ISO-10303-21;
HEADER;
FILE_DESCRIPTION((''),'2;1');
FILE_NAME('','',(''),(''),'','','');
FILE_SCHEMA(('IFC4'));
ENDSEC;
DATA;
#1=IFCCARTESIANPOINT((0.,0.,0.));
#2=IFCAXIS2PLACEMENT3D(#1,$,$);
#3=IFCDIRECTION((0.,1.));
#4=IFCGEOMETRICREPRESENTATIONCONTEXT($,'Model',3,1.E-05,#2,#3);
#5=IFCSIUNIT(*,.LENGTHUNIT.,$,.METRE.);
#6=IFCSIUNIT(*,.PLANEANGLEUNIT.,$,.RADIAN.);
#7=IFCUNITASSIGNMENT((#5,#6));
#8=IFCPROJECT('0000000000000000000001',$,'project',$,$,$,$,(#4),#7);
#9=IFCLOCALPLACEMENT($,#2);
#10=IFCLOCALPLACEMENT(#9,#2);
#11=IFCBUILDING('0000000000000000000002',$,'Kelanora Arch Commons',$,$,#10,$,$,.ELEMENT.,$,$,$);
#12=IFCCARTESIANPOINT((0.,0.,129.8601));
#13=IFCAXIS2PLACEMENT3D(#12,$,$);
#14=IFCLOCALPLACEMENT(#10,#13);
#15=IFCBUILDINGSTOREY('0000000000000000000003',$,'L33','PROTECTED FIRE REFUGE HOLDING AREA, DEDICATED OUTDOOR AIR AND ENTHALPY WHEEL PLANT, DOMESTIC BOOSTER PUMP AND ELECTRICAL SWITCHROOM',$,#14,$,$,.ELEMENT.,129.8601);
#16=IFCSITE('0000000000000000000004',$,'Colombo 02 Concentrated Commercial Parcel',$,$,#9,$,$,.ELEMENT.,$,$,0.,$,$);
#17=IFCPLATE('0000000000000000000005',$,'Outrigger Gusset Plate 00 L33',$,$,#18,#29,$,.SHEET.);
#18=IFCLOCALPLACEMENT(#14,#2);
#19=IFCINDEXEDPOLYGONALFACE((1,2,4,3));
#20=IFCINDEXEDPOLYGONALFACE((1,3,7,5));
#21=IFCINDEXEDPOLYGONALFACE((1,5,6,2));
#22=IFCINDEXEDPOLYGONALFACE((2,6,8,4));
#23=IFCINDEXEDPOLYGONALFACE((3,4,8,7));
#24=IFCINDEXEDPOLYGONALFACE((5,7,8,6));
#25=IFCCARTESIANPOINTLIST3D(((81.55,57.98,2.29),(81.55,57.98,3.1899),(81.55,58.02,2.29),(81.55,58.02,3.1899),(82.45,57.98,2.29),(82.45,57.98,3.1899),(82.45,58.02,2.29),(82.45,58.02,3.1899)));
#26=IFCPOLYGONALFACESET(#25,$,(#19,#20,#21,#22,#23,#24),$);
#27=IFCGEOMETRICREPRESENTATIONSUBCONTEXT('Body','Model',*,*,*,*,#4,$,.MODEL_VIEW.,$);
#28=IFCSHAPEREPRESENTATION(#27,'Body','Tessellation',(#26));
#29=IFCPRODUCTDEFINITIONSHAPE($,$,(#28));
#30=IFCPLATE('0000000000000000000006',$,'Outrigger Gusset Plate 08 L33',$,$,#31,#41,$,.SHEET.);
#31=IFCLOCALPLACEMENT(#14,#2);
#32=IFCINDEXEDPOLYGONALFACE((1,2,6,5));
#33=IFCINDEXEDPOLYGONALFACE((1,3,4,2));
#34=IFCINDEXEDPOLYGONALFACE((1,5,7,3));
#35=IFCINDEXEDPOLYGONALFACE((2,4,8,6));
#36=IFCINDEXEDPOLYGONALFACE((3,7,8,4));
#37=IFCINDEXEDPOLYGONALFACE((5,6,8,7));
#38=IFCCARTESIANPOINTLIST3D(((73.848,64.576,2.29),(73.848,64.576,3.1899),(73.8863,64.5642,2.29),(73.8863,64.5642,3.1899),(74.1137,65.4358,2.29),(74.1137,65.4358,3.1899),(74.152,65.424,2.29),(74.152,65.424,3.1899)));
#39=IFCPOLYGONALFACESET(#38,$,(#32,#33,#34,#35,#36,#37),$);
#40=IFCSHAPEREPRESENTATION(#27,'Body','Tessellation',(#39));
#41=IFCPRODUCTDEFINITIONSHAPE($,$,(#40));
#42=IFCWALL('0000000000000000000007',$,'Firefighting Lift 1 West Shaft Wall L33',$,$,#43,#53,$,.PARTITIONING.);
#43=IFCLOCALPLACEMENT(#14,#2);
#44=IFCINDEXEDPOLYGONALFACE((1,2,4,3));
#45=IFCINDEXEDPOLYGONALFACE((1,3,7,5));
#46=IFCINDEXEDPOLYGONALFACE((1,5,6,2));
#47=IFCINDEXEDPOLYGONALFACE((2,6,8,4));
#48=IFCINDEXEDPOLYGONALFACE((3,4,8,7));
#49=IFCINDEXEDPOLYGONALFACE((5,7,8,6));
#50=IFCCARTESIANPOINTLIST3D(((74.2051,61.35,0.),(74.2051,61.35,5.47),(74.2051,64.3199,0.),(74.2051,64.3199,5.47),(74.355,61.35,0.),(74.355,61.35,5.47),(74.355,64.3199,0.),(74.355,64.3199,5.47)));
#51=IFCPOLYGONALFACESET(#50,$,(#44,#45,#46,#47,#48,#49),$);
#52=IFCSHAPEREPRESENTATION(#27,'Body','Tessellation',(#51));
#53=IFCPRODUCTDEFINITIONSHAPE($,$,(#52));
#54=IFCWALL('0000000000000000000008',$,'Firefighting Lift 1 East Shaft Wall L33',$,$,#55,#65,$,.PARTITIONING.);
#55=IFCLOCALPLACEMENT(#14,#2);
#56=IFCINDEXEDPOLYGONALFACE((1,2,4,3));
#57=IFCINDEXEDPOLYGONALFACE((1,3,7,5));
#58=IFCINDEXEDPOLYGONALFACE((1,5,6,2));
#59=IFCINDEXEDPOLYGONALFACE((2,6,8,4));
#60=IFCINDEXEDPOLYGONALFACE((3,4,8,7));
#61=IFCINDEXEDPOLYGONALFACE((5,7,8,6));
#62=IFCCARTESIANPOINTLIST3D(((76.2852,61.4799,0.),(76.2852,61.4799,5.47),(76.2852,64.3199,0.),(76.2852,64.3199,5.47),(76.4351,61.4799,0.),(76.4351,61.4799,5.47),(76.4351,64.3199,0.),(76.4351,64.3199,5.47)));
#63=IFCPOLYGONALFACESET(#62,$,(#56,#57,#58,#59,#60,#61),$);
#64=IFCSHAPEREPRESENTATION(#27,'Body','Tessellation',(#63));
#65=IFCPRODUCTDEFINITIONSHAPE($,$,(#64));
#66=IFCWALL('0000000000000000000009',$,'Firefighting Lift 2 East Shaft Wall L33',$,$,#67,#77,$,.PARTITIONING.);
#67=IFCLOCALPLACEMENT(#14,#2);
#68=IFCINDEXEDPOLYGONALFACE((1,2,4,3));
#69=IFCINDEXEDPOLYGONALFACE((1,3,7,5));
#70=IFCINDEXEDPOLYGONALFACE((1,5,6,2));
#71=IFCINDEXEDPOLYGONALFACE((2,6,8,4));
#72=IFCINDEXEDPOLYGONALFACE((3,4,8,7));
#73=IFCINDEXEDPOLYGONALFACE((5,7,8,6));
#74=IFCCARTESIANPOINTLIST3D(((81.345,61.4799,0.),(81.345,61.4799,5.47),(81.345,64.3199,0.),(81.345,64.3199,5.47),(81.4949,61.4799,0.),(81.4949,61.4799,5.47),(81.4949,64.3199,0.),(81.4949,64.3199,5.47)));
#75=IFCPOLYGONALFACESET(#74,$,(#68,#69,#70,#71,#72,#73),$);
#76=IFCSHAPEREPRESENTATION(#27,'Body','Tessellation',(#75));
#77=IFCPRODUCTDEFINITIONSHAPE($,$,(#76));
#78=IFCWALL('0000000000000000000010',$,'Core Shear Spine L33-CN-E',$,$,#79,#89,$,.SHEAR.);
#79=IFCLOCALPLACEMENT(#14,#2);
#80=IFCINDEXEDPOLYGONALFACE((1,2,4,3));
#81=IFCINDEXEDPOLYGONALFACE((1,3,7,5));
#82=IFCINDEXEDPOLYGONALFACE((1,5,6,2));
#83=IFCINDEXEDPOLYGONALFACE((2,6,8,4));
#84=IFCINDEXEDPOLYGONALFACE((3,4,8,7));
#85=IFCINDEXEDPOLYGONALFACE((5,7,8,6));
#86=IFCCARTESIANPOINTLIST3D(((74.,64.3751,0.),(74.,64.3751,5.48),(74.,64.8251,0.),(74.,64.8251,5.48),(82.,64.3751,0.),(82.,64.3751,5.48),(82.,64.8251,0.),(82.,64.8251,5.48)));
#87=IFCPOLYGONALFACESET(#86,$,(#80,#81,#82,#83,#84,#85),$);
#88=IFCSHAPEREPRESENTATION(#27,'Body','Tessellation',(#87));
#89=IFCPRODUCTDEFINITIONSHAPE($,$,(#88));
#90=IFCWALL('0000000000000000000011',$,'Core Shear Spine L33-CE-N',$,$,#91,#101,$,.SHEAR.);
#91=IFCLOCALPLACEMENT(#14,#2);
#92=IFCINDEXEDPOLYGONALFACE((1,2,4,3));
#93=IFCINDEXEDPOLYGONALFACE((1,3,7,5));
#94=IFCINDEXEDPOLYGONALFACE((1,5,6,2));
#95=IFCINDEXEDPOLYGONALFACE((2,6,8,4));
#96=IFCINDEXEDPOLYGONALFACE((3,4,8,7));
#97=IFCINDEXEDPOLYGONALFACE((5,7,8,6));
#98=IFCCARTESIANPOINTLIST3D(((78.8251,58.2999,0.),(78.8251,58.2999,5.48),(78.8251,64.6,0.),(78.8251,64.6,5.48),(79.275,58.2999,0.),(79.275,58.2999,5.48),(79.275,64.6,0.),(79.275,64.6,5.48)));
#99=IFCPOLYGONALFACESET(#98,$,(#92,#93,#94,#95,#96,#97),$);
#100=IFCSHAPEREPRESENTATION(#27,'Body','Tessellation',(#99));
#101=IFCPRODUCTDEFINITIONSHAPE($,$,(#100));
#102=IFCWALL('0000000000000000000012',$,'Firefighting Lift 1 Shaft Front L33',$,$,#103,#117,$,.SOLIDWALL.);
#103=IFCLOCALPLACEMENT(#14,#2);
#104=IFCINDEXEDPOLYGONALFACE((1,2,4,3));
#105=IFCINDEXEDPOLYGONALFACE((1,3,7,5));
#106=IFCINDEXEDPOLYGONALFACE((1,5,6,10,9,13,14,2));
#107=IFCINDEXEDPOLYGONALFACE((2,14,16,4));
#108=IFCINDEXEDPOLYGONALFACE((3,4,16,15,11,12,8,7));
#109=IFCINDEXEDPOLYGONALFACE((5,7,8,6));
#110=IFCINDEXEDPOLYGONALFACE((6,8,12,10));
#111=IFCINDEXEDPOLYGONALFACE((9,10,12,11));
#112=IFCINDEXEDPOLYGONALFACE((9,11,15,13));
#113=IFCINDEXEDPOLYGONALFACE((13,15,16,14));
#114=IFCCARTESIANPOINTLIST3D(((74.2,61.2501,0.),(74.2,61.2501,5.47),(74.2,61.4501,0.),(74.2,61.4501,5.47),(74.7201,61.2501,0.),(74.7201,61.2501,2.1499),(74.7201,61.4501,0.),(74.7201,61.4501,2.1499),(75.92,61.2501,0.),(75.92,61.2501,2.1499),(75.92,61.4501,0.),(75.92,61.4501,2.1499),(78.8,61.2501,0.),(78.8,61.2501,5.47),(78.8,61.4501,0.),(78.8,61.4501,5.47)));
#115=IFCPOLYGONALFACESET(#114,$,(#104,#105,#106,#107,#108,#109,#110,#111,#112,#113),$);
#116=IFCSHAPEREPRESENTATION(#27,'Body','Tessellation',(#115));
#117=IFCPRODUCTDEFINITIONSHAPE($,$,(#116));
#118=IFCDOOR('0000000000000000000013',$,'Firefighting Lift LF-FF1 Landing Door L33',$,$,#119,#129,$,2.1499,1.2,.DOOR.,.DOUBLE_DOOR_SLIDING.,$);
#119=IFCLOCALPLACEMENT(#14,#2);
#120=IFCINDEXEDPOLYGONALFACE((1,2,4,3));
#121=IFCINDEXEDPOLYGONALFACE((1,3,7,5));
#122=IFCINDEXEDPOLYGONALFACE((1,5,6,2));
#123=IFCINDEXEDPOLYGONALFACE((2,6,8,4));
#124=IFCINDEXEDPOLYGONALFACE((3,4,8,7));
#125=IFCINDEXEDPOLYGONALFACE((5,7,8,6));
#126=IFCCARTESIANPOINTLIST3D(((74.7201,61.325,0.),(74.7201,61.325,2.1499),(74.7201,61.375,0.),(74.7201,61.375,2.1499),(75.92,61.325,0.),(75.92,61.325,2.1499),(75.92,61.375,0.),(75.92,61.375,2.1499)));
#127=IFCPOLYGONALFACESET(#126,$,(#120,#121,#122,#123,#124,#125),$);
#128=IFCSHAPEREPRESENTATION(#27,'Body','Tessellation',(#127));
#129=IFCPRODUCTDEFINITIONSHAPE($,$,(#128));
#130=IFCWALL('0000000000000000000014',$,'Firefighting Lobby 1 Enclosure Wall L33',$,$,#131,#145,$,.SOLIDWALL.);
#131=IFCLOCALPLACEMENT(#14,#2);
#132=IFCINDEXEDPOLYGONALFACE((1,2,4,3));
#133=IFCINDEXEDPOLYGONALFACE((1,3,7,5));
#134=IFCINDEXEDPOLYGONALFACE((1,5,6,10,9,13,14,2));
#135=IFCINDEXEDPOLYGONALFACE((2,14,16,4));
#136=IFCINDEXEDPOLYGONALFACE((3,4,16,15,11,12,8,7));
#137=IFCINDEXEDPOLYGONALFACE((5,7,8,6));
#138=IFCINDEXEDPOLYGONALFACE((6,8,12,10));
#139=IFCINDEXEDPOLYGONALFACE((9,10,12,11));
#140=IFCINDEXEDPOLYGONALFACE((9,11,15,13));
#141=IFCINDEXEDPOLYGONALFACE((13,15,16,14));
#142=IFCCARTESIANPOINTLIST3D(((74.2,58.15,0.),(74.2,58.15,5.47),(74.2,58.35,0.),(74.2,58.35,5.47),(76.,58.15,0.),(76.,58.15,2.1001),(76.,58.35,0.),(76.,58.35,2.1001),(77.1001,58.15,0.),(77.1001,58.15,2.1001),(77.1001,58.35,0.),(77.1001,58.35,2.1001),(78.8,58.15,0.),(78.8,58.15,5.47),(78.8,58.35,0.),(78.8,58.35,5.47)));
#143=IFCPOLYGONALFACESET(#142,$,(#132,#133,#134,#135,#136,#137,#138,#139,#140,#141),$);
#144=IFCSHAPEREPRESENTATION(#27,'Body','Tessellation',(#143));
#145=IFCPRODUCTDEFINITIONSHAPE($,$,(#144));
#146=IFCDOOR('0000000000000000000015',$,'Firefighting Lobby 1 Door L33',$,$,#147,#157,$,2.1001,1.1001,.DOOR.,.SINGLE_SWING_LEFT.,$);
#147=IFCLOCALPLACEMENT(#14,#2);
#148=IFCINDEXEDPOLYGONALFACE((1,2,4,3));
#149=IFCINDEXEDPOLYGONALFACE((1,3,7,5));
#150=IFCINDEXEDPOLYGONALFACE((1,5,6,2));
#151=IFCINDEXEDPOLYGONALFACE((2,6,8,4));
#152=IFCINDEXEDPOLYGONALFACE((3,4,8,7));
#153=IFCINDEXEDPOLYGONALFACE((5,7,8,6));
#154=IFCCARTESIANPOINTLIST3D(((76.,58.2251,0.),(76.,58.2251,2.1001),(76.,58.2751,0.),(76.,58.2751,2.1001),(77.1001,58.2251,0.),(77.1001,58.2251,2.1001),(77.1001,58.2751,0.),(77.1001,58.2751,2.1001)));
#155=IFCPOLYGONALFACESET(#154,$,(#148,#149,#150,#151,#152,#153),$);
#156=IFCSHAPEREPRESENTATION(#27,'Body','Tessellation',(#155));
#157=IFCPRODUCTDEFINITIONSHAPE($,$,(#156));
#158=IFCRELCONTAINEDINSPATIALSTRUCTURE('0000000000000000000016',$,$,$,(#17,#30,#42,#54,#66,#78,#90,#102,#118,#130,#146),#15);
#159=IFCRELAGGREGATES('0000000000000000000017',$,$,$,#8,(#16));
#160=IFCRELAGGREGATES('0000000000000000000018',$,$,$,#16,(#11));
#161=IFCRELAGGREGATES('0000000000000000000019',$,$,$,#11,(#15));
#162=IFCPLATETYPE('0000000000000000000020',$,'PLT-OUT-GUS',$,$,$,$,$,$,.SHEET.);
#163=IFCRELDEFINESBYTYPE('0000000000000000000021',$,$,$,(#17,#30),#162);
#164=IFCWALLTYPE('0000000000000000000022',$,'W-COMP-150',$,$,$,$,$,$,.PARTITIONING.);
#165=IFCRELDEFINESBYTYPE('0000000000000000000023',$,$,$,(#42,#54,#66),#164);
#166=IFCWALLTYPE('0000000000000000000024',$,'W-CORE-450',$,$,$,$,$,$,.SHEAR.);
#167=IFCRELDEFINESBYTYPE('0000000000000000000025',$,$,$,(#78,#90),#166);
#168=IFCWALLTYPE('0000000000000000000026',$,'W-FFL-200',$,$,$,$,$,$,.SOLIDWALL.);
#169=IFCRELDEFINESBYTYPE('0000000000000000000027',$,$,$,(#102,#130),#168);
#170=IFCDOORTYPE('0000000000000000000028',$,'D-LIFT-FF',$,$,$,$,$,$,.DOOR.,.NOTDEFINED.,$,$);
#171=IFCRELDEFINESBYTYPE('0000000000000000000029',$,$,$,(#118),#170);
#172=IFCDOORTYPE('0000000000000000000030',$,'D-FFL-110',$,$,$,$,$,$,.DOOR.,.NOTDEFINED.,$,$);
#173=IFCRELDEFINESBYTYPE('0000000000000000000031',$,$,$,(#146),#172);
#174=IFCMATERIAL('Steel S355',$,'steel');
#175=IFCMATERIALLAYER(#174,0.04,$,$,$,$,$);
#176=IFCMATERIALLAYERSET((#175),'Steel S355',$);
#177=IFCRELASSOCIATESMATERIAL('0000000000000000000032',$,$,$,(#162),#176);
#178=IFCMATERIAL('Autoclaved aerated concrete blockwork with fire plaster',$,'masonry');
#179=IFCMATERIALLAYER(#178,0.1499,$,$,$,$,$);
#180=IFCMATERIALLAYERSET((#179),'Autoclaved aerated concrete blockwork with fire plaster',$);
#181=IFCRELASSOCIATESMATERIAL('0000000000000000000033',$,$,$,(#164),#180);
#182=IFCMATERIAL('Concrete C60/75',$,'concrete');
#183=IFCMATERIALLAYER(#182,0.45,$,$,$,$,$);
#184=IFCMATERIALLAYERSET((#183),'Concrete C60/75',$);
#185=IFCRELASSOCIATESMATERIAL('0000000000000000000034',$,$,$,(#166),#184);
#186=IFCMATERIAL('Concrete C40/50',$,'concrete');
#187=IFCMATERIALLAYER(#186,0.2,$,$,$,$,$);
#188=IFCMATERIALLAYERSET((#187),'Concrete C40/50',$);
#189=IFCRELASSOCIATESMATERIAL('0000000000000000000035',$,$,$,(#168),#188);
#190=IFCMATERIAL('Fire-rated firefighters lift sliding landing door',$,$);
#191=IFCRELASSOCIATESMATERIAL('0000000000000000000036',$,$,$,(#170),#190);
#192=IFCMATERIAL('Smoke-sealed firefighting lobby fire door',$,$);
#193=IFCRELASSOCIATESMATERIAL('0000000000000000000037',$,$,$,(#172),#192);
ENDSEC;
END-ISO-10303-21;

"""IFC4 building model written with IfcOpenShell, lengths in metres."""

from ifc_helpers import new_model, si_unit, direction, frame, frame_2d, origin, origin_2d, place, context, subcontext, project, spatial, rectangle, extrude, source, transform, mapped, material, layer, layer_set, type_object, element, fill, save


model = new_model("IFC4")

# Units and contexts
model_context = context("Model", 3, precision=1e-05, world=origin(), true_north=direction((0.0, 1.0)))
body_context = subcontext(model_context, "Body", "Model", "MODEL_VIEW")
ifc_project = project(units=[si_unit("LENGTHUNIT", "METRE"), si_unit("PLANEANGLEUNIT", "RADIAN")], contexts=[model_context])

# Site, building, storey
site_placement = place(None, origin())
site = spatial("IfcSite", under=ifc_project, at=site_placement, Name="Colombo 02 Concentrated Commercial Parcel", CompositionType="ELEMENT", RefElevation=0.0)
building_placement = place(site_placement, origin())
building = spatial("IfcBuilding", under=site, at=building_placement, Name="Kelanora Arch Commons", CompositionType="ELEMENT")
storey_placement = place(building_placement, frame((0.0, 0.0, 129.8601)))
storey = spatial("IfcBuildingStorey", under=building, at=storey_placement, Name="L33", Description="PROTECTED FIRE REFUGE HOLDING AREA, DEDICATED OUTDOOR AIR AND ENTHALPY WHEEL PLANT, DOMESTIC BOOSTER PUMP AND ELECTRICAL SWITCHROOM", CompositionType="ELEMENT", Elevation=129.8601)

# Shared definitions
ifc_material_1 = material(Name="Steel S355", Category="steel")

# Plates
ifc_layer_1 = layer(ifc_material_1, 0.04)
ifc_layer_set_1 = layer_set([ifc_layer_1], Name="Steel S355")
plate_type = type_object("IfcPlateType", Name="PLT-OUT-GUS", PredefinedType="SHEET", material=ifc_layer_set_1)
shared_shape_1 = source(origin(), body_context, "Body", "SweptSolid", [
    extrude(rectangle(XDim=0.8999, YDim=0.04, at=origin_2d()), origin(), (0.0, 0.0, 1.0), 0.8999),
])
for number, where, z_axis, x_axis, name in (
    (1, (82.0, 58.0, 2.29), (0.0, 0.0, 1.0), (1.0, 0.0, 0.0), "Outrigger Gusset Plate 00 L33"),
    (2, (74.0, 65.0, 2.29), (0.0, 0.0, 1.0), (0.295214, 0.955431, 0.0), "Outrigger Gusset Plate 08 L33"),
):
    element("IfcPlate", number, at=place(storey_placement, frame(where, z_axis=z_axis, x_axis=x_axis)), inside=storey, type_object=plate_type, Name=name, PredefinedType="SHEET", context=body_context, shape_type="MappedRepresentation", body=[
        mapped(shared_shape_1, transform((0.0, 0.0, 0.0), scale=1.0)),
    ])

# Walls
ifc_material_2 = material(Name="Autoclaved aerated concrete blockwork with fire plaster", Category="masonry")
ifc_layer_2 = layer(ifc_material_2, 0.1499)
ifc_layer_set_2 = layer_set([ifc_layer_2], Name="Autoclaved aerated concrete blockwork with fire plaster")
wall_type_1 = type_object("IfcWallType", Name="W-COMP-150", PredefinedType="PARTITIONING", material=ifc_layer_set_2)
wall_1_placement = place(storey_placement, frame((74.28, 61.3501, 0.0), z_axis=(0.0, 0.0, 1.0), x_axis=(0.0, 1.0, 0.0)))
element("IfcWall", 3, at=wall_1_placement, inside=storey, type_object=wall_type_1, Name="Firefighting Lift 1 West Shaft Wall L33", PredefinedType="PARTITIONING", context=body_context, shape_type="SweptSolid", body=[
    extrude(rectangle(XDim=2.97, YDim=0.1499, at=frame_2d((1.4849, 0.0))), origin(), (0.0, 0.0, 1.0), 5.47),
])
for number, where, z_axis, x_axis, name in (
    (4, (76.3601, 61.48, 0.0), (0.0, 0.0, 1.0), (0.0, 1.0, 0.0), "Firefighting Lift 1 East Shaft Wall L33"),
    (5, (81.4199, 61.48, 0.0), (0.0, 0.0, 1.0), (0.0, 1.0, 0.0), "Firefighting Lift 2 East Shaft Wall L33"),
):
    element("IfcWall", number, at=place(storey_placement, frame(where, z_axis=z_axis, x_axis=x_axis)), inside=storey, type_object=wall_type_1, Name=name, PredefinedType="PARTITIONING", context=body_context, shape_type="SweptSolid", body=[
        extrude(rectangle(XDim=2.8401, YDim=0.1499, at=frame_2d((1.4199, 0.0))), origin(), (0.0, 0.0, 1.0), 5.47),
    ])
ifc_material_3 = material(Name="Concrete C60/75", Category="concrete")
ifc_layer_3 = layer(ifc_material_3, 0.45)
ifc_layer_set_3 = layer_set([ifc_layer_3], Name="Concrete C60/75")
wall_type_2 = type_object("IfcWallType", Name="W-CORE-450", PredefinedType="SHEAR", material=ifc_layer_set_3)
wall_2_placement = place(storey_placement, frame((74.0, 64.6001, 0.0), z_axis=(0.0, 0.0, 1.0), x_axis=(1.0, 0.0, 0.0)))
element("IfcWall", 6, at=wall_2_placement, inside=storey, type_object=wall_type_2, Name="Core Shear Spine L33-CN-E", PredefinedType="SHEAR", context=body_context, shape_type="SweptSolid", body=[
    extrude(rectangle(XDim=8.0, YDim=0.45, at=frame_2d((4.0, 0.0))), origin(), (0.0, 0.0, 1.0), 5.48),
])
wall_3_placement = place(storey_placement, frame((79.05, 58.3, 0.0), z_axis=(0.0, 0.0, 1.0), x_axis=(0.0, 1.0, 0.0)))
element("IfcWall", 7, at=wall_3_placement, inside=storey, type_object=wall_type_2, Name="Core Shear Spine L33-CE-N", PredefinedType="SHEAR", context=body_context, shape_type="SweptSolid", body=[
    extrude(rectangle(XDim=6.3, YDim=0.45, at=frame_2d((3.1499, 0.0))), origin(), (0.0, 0.0, 1.0), 5.48),
])

# Walls, openings, doors
ifc_material_4 = material(Name="Concrete C40/50", Category="concrete")
ifc_layer_4 = layer(ifc_material_4, 0.2)
ifc_layer_set_4 = layer_set([ifc_layer_4], Name="Concrete C40/50")
wall_type_3 = type_object("IfcWallType", Name="W-FFL-200", PredefinedType="SOLIDWALL", material=ifc_layer_set_4)
wall_4_placement = place(storey_placement, frame((74.2, 61.3501, 0.0), z_axis=(0.0, 0.0, 1.0), x_axis=(1.0, 0.0, 0.0)))
wall_4 = element("IfcWall", 8, at=wall_4_placement, inside=storey, type_object=wall_type_3, Name="Firefighting Lift 1 Shaft Front L33", PredefinedType="SOLIDWALL", context=body_context, shape_type="SweptSolid", body=[
    extrude(rectangle(XDim=4.6001, YDim=0.2, at=frame_2d((2.3, 0.0))), origin(), (0.0, 0.0, 1.0), 5.47),
])
opening_1_placement = place(wall_4_placement, frame((0.52, 0.0, 0.0)))
opening_1 = element("IfcOpeningElement", 9, at=opening_1_placement, cuts=wall_4, PredefinedType="OPENING", context=body_context, shape_type="SweptSolid", body=[
    extrude(rectangle(XDim=1.2, YDim=2.1499, at=frame_2d((0.6001, 1.075))), frame((0.0, 0.1099, 0.0), z_axis=(0.0, -1.0, 0.0), x_axis=(1.0, 0.0, 0.0)), (0.0, 0.0, 1.0), 0.22),
])
ifc_material_5 = material(Name="Fire-rated firefighters lift sliding landing door")
door_type_1 = type_object("IfcDoorType", Name="D-LIFT-FF", OperationType="NOTDEFINED", PredefinedType="DOOR", material=ifc_material_5)
door_1_placement = place(opening_1_placement, origin())
door_1 = element("IfcDoor", 10, at=door_1_placement, inside=storey, type_object=door_type_1, Name="Firefighting Lift LF-FF1 Landing Door L33", OperationType="DOUBLE_DOOR_SLIDING", OverallHeight=2.1499, OverallWidth=1.2, PredefinedType="DOOR", context=body_context, shape_type="SweptSolid", body=[
    extrude(rectangle(XDim=1.2, YDim=2.1499, at=frame_2d((0.6001, 1.075))), frame((0.0, 0.0249, 0.0), z_axis=(0.0, -1.0, 0.0), x_axis=(1.0, 0.0, 0.0)), (0.0, 0.0, 1.0), 0.05),
])
fill(opening_1, door_1)
wall_5_placement = place(storey_placement, frame((74.2, 58.25, 0.0), z_axis=(0.0, 0.0, 1.0), x_axis=(1.0, 0.0, 0.0)))
wall_5 = element("IfcWall", 11, at=wall_5_placement, inside=storey, type_object=wall_type_3, Name="Firefighting Lobby 1 Enclosure Wall L33", PredefinedType="SOLIDWALL", context=body_context, shape_type="SweptSolid", body=[
    extrude(rectangle(XDim=4.6001, YDim=0.2, at=frame_2d((2.3, 0.0))), origin(), (0.0, 0.0, 1.0), 5.47),
])
opening_2_placement = place(wall_5_placement, frame((1.8, 0.0, 0.0)))
opening_2 = element("IfcOpeningElement", 12, at=opening_2_placement, cuts=wall_5, PredefinedType="OPENING", context=body_context, shape_type="SweptSolid", body=[
    extrude(rectangle(XDim=1.1001, YDim=2.1001, at=frame_2d((0.55, 1.05))), frame((0.0, 0.1099, 0.0), z_axis=(0.0, -1.0, 0.0), x_axis=(1.0, 0.0, 0.0)), (0.0, 0.0, 1.0), 0.22),
])
ifc_material_6 = material(Name="Smoke-sealed firefighting lobby fire door")
door_type_2 = type_object("IfcDoorType", Name="D-FFL-110", OperationType="NOTDEFINED", PredefinedType="DOOR", material=ifc_material_6)
door_2_placement = place(opening_2_placement, frame((1.1001, 0.0, 0.0), z_axis=(0.0, 0.0, 1.0), x_axis=(-1.0, 0.0, 0.0)))
door_2 = element("IfcDoor", 13, at=door_2_placement, inside=storey, type_object=door_type_2, Name="Firefighting Lobby 1 Door L33", OperationType="SINGLE_SWING_LEFT", OverallHeight=2.1001, OverallWidth=1.1001, PredefinedType="DOOR", context=body_context, shape_type="SweptSolid", body=[
    extrude(rectangle(XDim=1.1001, YDim=2.1001, at=frame_2d((0.55, 1.05))), frame((0.0, 0.0249, 0.0), z_axis=(0.0, -1.0, 0.0), x_axis=(1.0, 0.0, 0.0)), (0.0, 0.0, 1.0), 0.05),
])
fill(opening_2, door_2)

save(model, "model.ifc")
